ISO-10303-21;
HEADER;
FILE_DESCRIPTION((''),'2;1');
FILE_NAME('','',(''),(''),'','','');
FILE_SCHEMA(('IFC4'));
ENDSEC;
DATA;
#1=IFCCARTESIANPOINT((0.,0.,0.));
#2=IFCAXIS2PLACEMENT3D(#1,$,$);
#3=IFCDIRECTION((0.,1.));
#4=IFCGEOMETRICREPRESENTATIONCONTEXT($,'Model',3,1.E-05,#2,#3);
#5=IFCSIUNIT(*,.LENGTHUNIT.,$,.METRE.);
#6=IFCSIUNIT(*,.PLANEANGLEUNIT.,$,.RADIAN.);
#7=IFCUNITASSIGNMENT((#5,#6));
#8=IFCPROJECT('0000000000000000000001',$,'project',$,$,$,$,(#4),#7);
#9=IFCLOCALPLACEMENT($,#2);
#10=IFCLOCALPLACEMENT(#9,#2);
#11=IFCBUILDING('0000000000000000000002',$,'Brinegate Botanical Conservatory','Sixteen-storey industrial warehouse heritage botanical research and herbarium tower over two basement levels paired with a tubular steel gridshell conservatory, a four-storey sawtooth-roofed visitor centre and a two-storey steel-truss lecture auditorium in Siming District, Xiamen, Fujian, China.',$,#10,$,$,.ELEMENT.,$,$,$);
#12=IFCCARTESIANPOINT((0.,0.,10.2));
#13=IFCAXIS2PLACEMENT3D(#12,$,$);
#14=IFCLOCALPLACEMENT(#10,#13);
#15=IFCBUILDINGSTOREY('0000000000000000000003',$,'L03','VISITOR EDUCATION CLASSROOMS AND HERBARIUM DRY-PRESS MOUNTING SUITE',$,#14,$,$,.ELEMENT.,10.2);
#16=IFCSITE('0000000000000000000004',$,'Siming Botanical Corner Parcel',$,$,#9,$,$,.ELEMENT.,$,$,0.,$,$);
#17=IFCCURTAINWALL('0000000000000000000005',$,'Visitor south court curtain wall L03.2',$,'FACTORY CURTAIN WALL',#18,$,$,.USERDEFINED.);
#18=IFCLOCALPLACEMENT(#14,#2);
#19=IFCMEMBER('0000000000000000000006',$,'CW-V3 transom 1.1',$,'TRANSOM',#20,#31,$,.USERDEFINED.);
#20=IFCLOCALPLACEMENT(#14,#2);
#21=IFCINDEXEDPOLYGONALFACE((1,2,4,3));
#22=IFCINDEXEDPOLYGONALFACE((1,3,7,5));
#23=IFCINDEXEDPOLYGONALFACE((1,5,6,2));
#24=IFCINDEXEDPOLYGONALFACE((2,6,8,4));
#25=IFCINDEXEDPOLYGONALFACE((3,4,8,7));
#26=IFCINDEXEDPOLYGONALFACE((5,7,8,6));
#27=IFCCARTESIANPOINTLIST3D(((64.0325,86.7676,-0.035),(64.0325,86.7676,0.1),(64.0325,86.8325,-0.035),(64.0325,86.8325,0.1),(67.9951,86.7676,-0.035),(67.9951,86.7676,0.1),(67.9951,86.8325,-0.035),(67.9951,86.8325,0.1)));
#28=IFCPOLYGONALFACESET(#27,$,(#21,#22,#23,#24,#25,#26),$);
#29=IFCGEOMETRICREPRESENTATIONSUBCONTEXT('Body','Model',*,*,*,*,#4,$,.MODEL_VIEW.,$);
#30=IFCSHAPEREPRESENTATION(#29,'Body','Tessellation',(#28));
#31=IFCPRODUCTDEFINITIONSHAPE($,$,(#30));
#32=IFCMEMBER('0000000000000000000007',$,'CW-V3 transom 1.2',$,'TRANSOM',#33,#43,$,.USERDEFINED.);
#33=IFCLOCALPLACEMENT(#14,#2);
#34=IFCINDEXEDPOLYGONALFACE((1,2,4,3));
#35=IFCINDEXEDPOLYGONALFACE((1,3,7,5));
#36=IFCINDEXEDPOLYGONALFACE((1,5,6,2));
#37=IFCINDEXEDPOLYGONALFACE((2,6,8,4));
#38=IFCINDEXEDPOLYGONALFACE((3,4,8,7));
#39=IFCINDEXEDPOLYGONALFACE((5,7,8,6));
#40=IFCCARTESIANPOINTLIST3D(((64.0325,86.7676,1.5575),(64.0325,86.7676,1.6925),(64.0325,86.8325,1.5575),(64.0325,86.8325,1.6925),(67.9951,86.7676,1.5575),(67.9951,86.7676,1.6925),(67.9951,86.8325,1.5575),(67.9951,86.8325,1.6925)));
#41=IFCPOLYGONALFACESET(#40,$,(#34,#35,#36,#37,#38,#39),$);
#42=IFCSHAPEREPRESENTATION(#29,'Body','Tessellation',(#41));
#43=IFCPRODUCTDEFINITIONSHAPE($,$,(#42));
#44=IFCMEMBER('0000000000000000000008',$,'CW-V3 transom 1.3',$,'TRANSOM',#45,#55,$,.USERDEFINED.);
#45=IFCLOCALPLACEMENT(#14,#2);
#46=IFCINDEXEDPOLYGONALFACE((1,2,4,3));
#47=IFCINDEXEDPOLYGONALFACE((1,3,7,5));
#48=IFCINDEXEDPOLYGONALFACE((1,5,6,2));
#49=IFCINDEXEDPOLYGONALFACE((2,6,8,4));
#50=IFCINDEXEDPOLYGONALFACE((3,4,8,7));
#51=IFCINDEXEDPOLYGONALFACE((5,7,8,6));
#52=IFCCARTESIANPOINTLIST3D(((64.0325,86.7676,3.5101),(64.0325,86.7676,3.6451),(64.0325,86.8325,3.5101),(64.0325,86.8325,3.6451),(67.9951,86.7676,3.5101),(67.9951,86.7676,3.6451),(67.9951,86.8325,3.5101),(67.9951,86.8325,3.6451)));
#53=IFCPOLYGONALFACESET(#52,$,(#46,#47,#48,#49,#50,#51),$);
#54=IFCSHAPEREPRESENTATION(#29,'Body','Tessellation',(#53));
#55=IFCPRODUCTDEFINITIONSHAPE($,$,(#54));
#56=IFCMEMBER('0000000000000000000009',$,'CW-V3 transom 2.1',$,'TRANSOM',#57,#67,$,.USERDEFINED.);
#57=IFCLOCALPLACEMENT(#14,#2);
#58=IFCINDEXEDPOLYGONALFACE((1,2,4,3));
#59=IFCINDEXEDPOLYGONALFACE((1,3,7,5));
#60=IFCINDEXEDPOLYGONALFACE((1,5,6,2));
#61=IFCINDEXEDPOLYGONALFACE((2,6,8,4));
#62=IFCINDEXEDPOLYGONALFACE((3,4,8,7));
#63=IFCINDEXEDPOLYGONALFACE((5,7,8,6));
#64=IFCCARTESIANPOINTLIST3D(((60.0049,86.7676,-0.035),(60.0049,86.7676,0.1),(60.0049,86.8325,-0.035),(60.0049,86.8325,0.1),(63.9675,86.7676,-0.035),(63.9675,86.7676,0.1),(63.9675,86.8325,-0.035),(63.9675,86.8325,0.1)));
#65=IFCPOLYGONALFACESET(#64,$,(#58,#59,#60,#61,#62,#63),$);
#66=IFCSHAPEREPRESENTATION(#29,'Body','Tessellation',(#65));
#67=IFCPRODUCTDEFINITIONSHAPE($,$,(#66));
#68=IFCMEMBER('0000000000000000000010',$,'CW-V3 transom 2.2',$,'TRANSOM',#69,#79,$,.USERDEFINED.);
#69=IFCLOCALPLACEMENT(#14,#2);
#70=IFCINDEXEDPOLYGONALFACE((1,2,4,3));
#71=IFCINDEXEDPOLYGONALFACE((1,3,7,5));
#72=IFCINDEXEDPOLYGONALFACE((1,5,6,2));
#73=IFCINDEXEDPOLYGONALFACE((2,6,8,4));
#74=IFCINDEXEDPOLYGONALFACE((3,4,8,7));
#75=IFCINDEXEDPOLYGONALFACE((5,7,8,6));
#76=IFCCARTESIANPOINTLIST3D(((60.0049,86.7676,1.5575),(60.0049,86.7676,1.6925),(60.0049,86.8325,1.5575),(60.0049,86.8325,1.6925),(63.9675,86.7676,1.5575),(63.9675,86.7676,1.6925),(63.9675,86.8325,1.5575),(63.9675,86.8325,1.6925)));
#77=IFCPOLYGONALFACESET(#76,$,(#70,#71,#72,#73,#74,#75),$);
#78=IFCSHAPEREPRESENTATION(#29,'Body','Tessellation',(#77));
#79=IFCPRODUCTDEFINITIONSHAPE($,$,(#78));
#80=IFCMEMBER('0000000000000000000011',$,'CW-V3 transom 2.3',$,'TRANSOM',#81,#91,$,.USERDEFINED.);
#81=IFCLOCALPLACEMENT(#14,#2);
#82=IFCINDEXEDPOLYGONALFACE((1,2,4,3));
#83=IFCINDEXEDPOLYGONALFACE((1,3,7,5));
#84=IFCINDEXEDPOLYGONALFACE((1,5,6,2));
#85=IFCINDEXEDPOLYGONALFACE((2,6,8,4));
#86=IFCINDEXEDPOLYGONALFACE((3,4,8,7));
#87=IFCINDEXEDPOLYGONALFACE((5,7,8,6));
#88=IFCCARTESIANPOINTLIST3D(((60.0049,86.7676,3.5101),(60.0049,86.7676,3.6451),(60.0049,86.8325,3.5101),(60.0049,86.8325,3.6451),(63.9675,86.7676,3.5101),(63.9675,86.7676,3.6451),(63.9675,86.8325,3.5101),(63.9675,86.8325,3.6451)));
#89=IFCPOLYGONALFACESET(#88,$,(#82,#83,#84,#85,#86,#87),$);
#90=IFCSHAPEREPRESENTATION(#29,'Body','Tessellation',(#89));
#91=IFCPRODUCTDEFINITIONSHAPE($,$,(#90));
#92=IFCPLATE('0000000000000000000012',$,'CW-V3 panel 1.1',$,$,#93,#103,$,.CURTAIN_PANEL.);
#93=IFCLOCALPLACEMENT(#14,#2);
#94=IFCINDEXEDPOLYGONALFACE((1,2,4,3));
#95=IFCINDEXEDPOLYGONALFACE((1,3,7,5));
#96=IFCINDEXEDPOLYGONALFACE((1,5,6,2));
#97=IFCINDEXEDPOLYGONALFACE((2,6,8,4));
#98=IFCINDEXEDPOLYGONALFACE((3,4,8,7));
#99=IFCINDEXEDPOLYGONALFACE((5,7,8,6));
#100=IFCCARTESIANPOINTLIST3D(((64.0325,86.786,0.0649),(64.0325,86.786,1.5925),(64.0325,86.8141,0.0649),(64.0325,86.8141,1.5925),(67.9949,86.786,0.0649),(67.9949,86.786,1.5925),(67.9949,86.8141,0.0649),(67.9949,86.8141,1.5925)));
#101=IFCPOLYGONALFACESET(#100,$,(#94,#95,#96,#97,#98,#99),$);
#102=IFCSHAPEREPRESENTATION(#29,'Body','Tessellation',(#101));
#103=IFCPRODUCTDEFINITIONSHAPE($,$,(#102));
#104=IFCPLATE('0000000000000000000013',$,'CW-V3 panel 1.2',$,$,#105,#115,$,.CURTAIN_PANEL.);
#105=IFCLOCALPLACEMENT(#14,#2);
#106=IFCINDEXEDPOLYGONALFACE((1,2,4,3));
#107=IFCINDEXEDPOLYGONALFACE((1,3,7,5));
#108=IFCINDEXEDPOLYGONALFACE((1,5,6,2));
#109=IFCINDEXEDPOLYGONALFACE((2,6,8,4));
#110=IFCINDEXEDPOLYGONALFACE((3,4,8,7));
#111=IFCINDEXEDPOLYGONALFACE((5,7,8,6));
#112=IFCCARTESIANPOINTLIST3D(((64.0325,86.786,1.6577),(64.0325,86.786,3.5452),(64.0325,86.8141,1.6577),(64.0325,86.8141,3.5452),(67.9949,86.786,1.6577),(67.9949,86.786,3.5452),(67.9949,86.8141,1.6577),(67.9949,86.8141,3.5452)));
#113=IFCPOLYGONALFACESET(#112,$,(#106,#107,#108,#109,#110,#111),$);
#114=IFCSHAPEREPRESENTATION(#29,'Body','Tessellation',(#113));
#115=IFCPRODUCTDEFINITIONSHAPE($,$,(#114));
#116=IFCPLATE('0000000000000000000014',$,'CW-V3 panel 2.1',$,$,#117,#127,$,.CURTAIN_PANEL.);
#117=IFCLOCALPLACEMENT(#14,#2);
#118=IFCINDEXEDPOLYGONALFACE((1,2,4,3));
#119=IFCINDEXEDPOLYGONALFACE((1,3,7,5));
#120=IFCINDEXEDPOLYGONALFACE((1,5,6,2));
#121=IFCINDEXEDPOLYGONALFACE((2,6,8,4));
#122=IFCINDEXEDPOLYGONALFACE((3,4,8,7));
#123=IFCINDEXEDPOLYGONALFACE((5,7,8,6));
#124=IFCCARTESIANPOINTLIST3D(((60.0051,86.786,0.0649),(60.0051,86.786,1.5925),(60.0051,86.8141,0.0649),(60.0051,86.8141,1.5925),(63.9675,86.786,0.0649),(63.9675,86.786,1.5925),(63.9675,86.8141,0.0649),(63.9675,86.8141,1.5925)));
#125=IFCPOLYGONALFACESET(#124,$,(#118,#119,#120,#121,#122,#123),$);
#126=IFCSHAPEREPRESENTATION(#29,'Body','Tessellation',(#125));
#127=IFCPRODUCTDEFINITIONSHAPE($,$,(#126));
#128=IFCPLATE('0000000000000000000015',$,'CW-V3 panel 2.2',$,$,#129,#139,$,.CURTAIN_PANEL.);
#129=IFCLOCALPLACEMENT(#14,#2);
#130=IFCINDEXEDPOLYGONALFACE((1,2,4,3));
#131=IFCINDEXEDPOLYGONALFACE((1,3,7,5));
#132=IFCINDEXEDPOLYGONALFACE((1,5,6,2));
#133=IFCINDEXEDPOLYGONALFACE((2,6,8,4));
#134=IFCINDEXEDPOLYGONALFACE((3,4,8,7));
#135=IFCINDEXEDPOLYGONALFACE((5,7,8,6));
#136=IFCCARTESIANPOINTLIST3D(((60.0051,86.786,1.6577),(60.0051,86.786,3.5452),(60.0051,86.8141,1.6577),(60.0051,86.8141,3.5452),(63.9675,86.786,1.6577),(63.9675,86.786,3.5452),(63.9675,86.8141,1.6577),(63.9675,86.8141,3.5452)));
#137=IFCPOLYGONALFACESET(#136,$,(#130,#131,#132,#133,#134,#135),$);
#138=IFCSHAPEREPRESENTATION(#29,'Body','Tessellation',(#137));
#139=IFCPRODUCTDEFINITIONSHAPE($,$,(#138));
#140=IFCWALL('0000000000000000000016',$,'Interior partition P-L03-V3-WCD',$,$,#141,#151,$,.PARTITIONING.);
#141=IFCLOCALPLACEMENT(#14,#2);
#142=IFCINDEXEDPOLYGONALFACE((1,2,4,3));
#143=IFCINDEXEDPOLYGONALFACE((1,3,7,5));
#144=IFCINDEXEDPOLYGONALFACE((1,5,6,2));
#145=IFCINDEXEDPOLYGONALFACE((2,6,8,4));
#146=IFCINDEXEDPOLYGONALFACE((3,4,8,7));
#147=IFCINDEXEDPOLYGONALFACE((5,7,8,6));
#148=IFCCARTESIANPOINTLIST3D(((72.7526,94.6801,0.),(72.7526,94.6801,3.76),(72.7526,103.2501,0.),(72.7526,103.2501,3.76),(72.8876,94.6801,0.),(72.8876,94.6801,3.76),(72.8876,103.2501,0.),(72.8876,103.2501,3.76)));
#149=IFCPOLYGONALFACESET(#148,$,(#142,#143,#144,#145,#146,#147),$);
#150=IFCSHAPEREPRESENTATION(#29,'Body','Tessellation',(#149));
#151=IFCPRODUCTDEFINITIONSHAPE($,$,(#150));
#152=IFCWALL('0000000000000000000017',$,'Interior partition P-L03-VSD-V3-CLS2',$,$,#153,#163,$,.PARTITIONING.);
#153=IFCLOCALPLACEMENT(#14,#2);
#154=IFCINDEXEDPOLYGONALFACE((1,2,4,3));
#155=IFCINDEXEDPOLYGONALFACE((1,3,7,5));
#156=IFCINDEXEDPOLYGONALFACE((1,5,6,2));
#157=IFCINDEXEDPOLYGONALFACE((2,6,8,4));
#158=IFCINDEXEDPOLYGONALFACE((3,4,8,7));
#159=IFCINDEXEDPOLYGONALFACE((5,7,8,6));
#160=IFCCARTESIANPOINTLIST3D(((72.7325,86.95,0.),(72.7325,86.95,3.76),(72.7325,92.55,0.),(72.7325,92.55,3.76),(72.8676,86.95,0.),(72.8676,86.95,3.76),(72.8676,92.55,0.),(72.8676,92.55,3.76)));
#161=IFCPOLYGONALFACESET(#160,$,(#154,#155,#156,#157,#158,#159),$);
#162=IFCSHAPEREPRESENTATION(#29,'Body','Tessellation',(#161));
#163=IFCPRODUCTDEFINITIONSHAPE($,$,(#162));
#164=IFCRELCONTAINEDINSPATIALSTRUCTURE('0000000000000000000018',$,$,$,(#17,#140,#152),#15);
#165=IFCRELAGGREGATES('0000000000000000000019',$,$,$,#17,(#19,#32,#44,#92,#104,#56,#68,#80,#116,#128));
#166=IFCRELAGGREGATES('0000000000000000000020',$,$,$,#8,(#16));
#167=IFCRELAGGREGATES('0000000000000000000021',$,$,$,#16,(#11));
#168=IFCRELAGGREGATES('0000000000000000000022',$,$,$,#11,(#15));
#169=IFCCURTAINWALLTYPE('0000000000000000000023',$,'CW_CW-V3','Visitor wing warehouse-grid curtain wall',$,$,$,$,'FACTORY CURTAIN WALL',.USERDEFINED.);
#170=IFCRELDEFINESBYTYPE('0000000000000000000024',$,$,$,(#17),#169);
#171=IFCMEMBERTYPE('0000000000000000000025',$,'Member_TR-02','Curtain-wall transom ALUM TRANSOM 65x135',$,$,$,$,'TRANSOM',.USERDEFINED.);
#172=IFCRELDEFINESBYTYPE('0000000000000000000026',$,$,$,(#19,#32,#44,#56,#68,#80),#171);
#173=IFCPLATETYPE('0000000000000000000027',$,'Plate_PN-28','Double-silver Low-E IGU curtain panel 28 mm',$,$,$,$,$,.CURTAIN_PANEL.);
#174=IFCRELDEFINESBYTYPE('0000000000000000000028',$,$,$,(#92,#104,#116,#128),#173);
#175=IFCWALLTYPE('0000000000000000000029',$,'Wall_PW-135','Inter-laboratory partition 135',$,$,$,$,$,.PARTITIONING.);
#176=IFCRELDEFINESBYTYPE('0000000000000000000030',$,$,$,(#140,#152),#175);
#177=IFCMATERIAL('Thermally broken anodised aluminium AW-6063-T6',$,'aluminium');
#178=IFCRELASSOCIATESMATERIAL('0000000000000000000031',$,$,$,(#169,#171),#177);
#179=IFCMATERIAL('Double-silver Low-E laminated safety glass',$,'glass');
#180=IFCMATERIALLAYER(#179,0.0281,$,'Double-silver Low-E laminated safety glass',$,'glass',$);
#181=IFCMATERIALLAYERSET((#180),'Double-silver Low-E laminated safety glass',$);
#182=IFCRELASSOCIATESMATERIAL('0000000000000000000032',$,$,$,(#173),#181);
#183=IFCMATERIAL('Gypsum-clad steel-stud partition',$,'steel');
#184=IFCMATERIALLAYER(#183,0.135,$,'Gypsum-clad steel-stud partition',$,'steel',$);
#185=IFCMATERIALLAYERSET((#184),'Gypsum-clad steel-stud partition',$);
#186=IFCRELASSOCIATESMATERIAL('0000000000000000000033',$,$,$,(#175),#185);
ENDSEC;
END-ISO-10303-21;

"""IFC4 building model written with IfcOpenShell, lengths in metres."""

from ifc_helpers import new_model, si_unit, direction, frame, frame_2d, origin, origin_2d, place, context, subcontext, project, spatial, rectangle, extrude, material, layer, layer_set, material_profile, profile_set, type_object, element, aggregate, save


model = new_model("IFC4")

# Units and contexts
model_context = context("Model", 3, precision=1e-05, world=origin(), true_north=direction((0.0, 1.0)))
body_context = subcontext(model_context, "Body", "Model", "MODEL_VIEW")
ifc_project = project(units=[si_unit("LENGTHUNIT", "METRE"), si_unit("PLANEANGLEUNIT", "RADIAN")], contexts=[model_context])

# Site, building, storey
site_placement = place(None, origin())
site = spatial("IfcSite", under=ifc_project, at=site_placement, Name="Siming Botanical Corner Parcel", CompositionType="ELEMENT", RefElevation=0.0)
building_placement = place(site_placement, origin())
building = spatial("IfcBuilding", under=site, at=building_placement, Name="Brinegate Botanical Conservatory", Description="Sixteen-storey industrial warehouse heritage botanical research and herbarium tower over two basement levels paired with a tubular steel gridshell conservatory, a four-storey sawtooth-roofed visitor centre and a two-storey steel-truss lecture auditorium in Siming District, Xiamen, Fujian, China.", CompositionType="ELEMENT")
storey_placement = place(building_placement, frame((0.0, 0.0, 10.2)))
storey = spatial("IfcBuildingStorey", under=building, at=storey_placement, Name="L03", Description="VISITOR EDUCATION CLASSROOMS AND HERBARIUM DRY-PRESS MOUNTING SUITE", CompositionType="ELEMENT", Elevation=10.2)

# Curtain wall, members, plates
ifc_material_1 = material(Name="Thermally broken anodised aluminium AW-6063-T6", Category="aluminium")
curtain_wall_type = type_object("IfcCurtainWallType", Name="CW_CW-V3", Description="Visitor wing warehouse-grid curtain wall", ElementType="FACTORY CURTAIN WALL", PredefinedType="USERDEFINED", material=ifc_material_1)
curtain_wall_placement = place(storey_placement, origin())
curtain_wall = element("IfcCurtainWall", 1, at=curtain_wall_placement, inside=storey, type_object=curtain_wall_type, Name="Visitor south court curtain wall L03.2", ObjectType="FACTORY CURTAIN WALL", PredefinedType="USERDEFINED")
ifc_material_profile_1 = material_profile(ifc_material_1, rectangle(XDim=0.0649, YDim=0.135, at=origin_2d()), Name="ALUM TRANSOM 65x135")
ifc_profile_set_1 = profile_set([ifc_material_profile_1], Name="Thermally broken anodised aluminium AW-6063-T6")
member_type_1 = type_object("IfcMemberType", Name="Member_TR-02", Description="Curtain-wall transom ALUM TRANSOM 65x135", ElementType="TRANSOM", PredefinedType="USERDEFINED", material=ifc_profile_set_1)
member_1_placement = place(storey_placement, frame((67.9951, 86.8, 0.0325), z_axis=(-1.0, 0.0, 0.0), x_axis=(0.0, -1.0, 0.0)))
member_1 = element("IfcMember", 2, at=member_1_placement, type_object=member_type_1, Name="CW-V3 transom 1.1", ObjectType="TRANSOM", PredefinedType="USERDEFINED", context=body_context, shape_type="SweptSolid", body=[
    extrude(rectangle(XDim=0.0649, YDim=0.135, at=origin_2d()), origin(), (0.0, 0.0, 1.0), 3.9626),
])
member_2_placement = place(storey_placement, frame((67.9951, 86.8, 1.625), z_axis=(-1.0, 0.0, 0.0), x_axis=(0.0, -1.0, 0.0)))
member_2 = element("IfcMember", 3, at=member_2_placement, type_object=member_type_1, Name="CW-V3 transom 1.2", ObjectType="TRANSOM", PredefinedType="USERDEFINED", context=body_context, shape_type="SweptSolid", body=[
    extrude(rectangle(XDim=0.0649, YDim=0.135, at=origin_2d()), origin(), (0.0, 0.0, 1.0), 3.9626),
])
member_3_placement = place(storey_placement, frame((67.9951, 86.8, 3.5776), z_axis=(-1.0, 0.0, 0.0), x_axis=(0.0, -1.0, 0.0)))
member_3 = element("IfcMember", 4, at=member_3_placement, type_object=member_type_1, Name="CW-V3 transom 1.3", ObjectType="TRANSOM", PredefinedType="USERDEFINED", context=body_context, shape_type="SweptSolid", body=[
    extrude(rectangle(XDim=0.0649, YDim=0.135, at=origin_2d()), origin(), (0.0, 0.0, 1.0), 3.9626),
])
member_4_placement = place(storey_placement, frame((63.9675, 86.8, 0.0325), z_axis=(-1.0, 0.0, 0.0), x_axis=(0.0, -1.0, 0.0)))
member_4 = element("IfcMember", 5, at=member_4_placement, type_object=member_type_1, Name="CW-V3 transom 2.1", ObjectType="TRANSOM", PredefinedType="USERDEFINED", context=body_context, shape_type="SweptSolid", body=[
    extrude(rectangle(XDim=0.0649, YDim=0.135, at=origin_2d()), origin(), (0.0, 0.0, 1.0), 3.9626),
])
member_5_placement = place(storey_placement, frame((63.9675, 86.8, 1.625), z_axis=(-1.0, 0.0, 0.0), x_axis=(0.0, -1.0, 0.0)))
member_5 = element("IfcMember", 6, at=member_5_placement, type_object=member_type_1, Name="CW-V3 transom 2.2", ObjectType="TRANSOM", PredefinedType="USERDEFINED", context=body_context, shape_type="SweptSolid", body=[
    extrude(rectangle(XDim=0.0649, YDim=0.135, at=origin_2d()), origin(), (0.0, 0.0, 1.0), 3.9626),
])
member_6_placement = place(storey_placement, frame((63.9675, 86.8, 3.5776), z_axis=(-1.0, 0.0, 0.0), x_axis=(0.0, -1.0, 0.0)))
member_6 = element("IfcMember", 7, at=member_6_placement, type_object=member_type_1, Name="CW-V3 transom 2.3", ObjectType="TRANSOM", PredefinedType="USERDEFINED", context=body_context, shape_type="SweptSolid", body=[
    extrude(rectangle(XDim=0.0649, YDim=0.135, at=origin_2d()), origin(), (0.0, 0.0, 1.0), 3.9626),
])
ifc_material_2 = material(Name="Double-silver Low-E laminated safety glass", Category="glass")
ifc_layer_1 = layer(ifc_material_2, 0.0281, Name="Double-silver Low-E laminated safety glass", Category="glass")
ifc_layer_set_1 = layer_set([ifc_layer_1], Name="Double-silver Low-E laminated safety glass")
plate_type = type_object("IfcPlateType", Name="Plate_PN-28", Description="Double-silver Low-E IGU curtain panel 28 mm", PredefinedType="CURTAIN_PANEL", material=ifc_layer_set_1)
plate_1_placement = place(storey_placement, frame((66.0137, 86.8, 0.0649), z_axis=(0.0, 0.0, 1.0), x_axis=(-1.0, 0.0, 0.0)))
plate_1 = element("IfcPlate", 8, at=plate_1_placement, type_object=plate_type, Name="CW-V3 panel 1.1", PredefinedType="CURTAIN_PANEL", context=body_context, shape_type="SweptSolid", body=[
    extrude(rectangle(XDim=3.9624, YDim=0.0281, at=origin_2d()), origin(), (0.0, 0.0, 1.0), 1.5276),
])
plate_2_placement = place(storey_placement, frame((66.0137, 86.8, 1.6577), z_axis=(0.0, 0.0, 1.0), x_axis=(-1.0, 0.0, 0.0)))
plate_2 = element("IfcPlate", 9, at=plate_2_placement, type_object=plate_type, Name="CW-V3 panel 1.2", PredefinedType="CURTAIN_PANEL", context=body_context, shape_type="SweptSolid", body=[
    extrude(rectangle(XDim=3.9624, YDim=0.0281, at=origin_2d()), origin(), (0.0, 0.0, 1.0), 1.8875),
])
plate_3_placement = place(storey_placement, frame((61.9863, 86.8, 0.0649), z_axis=(0.0, 0.0, 1.0), x_axis=(-1.0, 0.0, 0.0)))
plate_3 = element("IfcPlate", 10, at=plate_3_placement, type_object=plate_type, Name="CW-V3 panel 2.1", PredefinedType="CURTAIN_PANEL", context=body_context, shape_type="SweptSolid", body=[
    extrude(rectangle(XDim=3.9624, YDim=0.0281, at=origin_2d()), origin(), (0.0, 0.0, 1.0), 1.5276),
])
plate_4_placement = place(storey_placement, frame((61.9863, 86.8, 1.6577), z_axis=(0.0, 0.0, 1.0), x_axis=(-1.0, 0.0, 0.0)))
plate_4 = element("IfcPlate", 11, at=plate_4_placement, type_object=plate_type, Name="CW-V3 panel 2.2", PredefinedType="CURTAIN_PANEL", context=body_context, shape_type="SweptSolid", body=[
    extrude(rectangle(XDim=3.9624, YDim=0.0281, at=origin_2d()), origin(), (0.0, 0.0, 1.0), 1.8875),
])
aggregate(curtain_wall, [member_1, member_2, member_3, plate_1, plate_2, member_4, member_5, member_6, plate_3, plate_4])

# Walls
ifc_material_3 = material(Name="Gypsum-clad steel-stud partition", Category="steel")
ifc_layer_2 = layer(ifc_material_3, 0.135, Name="Gypsum-clad steel-stud partition", Category="steel")
ifc_layer_set_2 = layer_set([ifc_layer_2], Name="Gypsum-clad steel-stud partition")
wall_type_1 = type_object("IfcWallType", Name="Wall_PW-135", Description="Inter-laboratory partition 135", PredefinedType="PARTITIONING", material=ifc_layer_set_2)
wall_1_placement = place(storey_placement, frame((72.8201, 94.6799, 0.0), z_axis=(0.0, 0.0, 1.0), x_axis=(0.0, 1.0, 0.0)))
element("IfcWall", 12, at=wall_1_placement, inside=storey, type_object=wall_type_1, Name="Interior partition P-L03-V3-WCD", PredefinedType="PARTITIONING", context=body_context, shape_type="SweptSolid", body=[
    extrude(rectangle(XDim=8.5701, YDim=0.135, at=frame_2d((4.2852, 0.0))), origin(), (0.0, 0.0, 1.0), 3.76),
])
wall_2_placement = place(storey_placement, frame((72.8, 86.95, 0.0), z_axis=(0.0, 0.0, 1.0), x_axis=(0.0, 1.0, 0.0)))
element("IfcWall", 13, at=wall_2_placement, inside=storey, type_object=wall_type_1, Name="Interior partition P-L03-VSD-V3-CLS2", PredefinedType="PARTITIONING", context=body_context, shape_type="SweptSolid", body=[
    extrude(rectangle(XDim=5.6001, YDim=0.135, at=frame_2d((2.8, 0.0))), origin(), (0.0, 0.0, 1.0), 3.76),
])

save(model, "model.ifc")
